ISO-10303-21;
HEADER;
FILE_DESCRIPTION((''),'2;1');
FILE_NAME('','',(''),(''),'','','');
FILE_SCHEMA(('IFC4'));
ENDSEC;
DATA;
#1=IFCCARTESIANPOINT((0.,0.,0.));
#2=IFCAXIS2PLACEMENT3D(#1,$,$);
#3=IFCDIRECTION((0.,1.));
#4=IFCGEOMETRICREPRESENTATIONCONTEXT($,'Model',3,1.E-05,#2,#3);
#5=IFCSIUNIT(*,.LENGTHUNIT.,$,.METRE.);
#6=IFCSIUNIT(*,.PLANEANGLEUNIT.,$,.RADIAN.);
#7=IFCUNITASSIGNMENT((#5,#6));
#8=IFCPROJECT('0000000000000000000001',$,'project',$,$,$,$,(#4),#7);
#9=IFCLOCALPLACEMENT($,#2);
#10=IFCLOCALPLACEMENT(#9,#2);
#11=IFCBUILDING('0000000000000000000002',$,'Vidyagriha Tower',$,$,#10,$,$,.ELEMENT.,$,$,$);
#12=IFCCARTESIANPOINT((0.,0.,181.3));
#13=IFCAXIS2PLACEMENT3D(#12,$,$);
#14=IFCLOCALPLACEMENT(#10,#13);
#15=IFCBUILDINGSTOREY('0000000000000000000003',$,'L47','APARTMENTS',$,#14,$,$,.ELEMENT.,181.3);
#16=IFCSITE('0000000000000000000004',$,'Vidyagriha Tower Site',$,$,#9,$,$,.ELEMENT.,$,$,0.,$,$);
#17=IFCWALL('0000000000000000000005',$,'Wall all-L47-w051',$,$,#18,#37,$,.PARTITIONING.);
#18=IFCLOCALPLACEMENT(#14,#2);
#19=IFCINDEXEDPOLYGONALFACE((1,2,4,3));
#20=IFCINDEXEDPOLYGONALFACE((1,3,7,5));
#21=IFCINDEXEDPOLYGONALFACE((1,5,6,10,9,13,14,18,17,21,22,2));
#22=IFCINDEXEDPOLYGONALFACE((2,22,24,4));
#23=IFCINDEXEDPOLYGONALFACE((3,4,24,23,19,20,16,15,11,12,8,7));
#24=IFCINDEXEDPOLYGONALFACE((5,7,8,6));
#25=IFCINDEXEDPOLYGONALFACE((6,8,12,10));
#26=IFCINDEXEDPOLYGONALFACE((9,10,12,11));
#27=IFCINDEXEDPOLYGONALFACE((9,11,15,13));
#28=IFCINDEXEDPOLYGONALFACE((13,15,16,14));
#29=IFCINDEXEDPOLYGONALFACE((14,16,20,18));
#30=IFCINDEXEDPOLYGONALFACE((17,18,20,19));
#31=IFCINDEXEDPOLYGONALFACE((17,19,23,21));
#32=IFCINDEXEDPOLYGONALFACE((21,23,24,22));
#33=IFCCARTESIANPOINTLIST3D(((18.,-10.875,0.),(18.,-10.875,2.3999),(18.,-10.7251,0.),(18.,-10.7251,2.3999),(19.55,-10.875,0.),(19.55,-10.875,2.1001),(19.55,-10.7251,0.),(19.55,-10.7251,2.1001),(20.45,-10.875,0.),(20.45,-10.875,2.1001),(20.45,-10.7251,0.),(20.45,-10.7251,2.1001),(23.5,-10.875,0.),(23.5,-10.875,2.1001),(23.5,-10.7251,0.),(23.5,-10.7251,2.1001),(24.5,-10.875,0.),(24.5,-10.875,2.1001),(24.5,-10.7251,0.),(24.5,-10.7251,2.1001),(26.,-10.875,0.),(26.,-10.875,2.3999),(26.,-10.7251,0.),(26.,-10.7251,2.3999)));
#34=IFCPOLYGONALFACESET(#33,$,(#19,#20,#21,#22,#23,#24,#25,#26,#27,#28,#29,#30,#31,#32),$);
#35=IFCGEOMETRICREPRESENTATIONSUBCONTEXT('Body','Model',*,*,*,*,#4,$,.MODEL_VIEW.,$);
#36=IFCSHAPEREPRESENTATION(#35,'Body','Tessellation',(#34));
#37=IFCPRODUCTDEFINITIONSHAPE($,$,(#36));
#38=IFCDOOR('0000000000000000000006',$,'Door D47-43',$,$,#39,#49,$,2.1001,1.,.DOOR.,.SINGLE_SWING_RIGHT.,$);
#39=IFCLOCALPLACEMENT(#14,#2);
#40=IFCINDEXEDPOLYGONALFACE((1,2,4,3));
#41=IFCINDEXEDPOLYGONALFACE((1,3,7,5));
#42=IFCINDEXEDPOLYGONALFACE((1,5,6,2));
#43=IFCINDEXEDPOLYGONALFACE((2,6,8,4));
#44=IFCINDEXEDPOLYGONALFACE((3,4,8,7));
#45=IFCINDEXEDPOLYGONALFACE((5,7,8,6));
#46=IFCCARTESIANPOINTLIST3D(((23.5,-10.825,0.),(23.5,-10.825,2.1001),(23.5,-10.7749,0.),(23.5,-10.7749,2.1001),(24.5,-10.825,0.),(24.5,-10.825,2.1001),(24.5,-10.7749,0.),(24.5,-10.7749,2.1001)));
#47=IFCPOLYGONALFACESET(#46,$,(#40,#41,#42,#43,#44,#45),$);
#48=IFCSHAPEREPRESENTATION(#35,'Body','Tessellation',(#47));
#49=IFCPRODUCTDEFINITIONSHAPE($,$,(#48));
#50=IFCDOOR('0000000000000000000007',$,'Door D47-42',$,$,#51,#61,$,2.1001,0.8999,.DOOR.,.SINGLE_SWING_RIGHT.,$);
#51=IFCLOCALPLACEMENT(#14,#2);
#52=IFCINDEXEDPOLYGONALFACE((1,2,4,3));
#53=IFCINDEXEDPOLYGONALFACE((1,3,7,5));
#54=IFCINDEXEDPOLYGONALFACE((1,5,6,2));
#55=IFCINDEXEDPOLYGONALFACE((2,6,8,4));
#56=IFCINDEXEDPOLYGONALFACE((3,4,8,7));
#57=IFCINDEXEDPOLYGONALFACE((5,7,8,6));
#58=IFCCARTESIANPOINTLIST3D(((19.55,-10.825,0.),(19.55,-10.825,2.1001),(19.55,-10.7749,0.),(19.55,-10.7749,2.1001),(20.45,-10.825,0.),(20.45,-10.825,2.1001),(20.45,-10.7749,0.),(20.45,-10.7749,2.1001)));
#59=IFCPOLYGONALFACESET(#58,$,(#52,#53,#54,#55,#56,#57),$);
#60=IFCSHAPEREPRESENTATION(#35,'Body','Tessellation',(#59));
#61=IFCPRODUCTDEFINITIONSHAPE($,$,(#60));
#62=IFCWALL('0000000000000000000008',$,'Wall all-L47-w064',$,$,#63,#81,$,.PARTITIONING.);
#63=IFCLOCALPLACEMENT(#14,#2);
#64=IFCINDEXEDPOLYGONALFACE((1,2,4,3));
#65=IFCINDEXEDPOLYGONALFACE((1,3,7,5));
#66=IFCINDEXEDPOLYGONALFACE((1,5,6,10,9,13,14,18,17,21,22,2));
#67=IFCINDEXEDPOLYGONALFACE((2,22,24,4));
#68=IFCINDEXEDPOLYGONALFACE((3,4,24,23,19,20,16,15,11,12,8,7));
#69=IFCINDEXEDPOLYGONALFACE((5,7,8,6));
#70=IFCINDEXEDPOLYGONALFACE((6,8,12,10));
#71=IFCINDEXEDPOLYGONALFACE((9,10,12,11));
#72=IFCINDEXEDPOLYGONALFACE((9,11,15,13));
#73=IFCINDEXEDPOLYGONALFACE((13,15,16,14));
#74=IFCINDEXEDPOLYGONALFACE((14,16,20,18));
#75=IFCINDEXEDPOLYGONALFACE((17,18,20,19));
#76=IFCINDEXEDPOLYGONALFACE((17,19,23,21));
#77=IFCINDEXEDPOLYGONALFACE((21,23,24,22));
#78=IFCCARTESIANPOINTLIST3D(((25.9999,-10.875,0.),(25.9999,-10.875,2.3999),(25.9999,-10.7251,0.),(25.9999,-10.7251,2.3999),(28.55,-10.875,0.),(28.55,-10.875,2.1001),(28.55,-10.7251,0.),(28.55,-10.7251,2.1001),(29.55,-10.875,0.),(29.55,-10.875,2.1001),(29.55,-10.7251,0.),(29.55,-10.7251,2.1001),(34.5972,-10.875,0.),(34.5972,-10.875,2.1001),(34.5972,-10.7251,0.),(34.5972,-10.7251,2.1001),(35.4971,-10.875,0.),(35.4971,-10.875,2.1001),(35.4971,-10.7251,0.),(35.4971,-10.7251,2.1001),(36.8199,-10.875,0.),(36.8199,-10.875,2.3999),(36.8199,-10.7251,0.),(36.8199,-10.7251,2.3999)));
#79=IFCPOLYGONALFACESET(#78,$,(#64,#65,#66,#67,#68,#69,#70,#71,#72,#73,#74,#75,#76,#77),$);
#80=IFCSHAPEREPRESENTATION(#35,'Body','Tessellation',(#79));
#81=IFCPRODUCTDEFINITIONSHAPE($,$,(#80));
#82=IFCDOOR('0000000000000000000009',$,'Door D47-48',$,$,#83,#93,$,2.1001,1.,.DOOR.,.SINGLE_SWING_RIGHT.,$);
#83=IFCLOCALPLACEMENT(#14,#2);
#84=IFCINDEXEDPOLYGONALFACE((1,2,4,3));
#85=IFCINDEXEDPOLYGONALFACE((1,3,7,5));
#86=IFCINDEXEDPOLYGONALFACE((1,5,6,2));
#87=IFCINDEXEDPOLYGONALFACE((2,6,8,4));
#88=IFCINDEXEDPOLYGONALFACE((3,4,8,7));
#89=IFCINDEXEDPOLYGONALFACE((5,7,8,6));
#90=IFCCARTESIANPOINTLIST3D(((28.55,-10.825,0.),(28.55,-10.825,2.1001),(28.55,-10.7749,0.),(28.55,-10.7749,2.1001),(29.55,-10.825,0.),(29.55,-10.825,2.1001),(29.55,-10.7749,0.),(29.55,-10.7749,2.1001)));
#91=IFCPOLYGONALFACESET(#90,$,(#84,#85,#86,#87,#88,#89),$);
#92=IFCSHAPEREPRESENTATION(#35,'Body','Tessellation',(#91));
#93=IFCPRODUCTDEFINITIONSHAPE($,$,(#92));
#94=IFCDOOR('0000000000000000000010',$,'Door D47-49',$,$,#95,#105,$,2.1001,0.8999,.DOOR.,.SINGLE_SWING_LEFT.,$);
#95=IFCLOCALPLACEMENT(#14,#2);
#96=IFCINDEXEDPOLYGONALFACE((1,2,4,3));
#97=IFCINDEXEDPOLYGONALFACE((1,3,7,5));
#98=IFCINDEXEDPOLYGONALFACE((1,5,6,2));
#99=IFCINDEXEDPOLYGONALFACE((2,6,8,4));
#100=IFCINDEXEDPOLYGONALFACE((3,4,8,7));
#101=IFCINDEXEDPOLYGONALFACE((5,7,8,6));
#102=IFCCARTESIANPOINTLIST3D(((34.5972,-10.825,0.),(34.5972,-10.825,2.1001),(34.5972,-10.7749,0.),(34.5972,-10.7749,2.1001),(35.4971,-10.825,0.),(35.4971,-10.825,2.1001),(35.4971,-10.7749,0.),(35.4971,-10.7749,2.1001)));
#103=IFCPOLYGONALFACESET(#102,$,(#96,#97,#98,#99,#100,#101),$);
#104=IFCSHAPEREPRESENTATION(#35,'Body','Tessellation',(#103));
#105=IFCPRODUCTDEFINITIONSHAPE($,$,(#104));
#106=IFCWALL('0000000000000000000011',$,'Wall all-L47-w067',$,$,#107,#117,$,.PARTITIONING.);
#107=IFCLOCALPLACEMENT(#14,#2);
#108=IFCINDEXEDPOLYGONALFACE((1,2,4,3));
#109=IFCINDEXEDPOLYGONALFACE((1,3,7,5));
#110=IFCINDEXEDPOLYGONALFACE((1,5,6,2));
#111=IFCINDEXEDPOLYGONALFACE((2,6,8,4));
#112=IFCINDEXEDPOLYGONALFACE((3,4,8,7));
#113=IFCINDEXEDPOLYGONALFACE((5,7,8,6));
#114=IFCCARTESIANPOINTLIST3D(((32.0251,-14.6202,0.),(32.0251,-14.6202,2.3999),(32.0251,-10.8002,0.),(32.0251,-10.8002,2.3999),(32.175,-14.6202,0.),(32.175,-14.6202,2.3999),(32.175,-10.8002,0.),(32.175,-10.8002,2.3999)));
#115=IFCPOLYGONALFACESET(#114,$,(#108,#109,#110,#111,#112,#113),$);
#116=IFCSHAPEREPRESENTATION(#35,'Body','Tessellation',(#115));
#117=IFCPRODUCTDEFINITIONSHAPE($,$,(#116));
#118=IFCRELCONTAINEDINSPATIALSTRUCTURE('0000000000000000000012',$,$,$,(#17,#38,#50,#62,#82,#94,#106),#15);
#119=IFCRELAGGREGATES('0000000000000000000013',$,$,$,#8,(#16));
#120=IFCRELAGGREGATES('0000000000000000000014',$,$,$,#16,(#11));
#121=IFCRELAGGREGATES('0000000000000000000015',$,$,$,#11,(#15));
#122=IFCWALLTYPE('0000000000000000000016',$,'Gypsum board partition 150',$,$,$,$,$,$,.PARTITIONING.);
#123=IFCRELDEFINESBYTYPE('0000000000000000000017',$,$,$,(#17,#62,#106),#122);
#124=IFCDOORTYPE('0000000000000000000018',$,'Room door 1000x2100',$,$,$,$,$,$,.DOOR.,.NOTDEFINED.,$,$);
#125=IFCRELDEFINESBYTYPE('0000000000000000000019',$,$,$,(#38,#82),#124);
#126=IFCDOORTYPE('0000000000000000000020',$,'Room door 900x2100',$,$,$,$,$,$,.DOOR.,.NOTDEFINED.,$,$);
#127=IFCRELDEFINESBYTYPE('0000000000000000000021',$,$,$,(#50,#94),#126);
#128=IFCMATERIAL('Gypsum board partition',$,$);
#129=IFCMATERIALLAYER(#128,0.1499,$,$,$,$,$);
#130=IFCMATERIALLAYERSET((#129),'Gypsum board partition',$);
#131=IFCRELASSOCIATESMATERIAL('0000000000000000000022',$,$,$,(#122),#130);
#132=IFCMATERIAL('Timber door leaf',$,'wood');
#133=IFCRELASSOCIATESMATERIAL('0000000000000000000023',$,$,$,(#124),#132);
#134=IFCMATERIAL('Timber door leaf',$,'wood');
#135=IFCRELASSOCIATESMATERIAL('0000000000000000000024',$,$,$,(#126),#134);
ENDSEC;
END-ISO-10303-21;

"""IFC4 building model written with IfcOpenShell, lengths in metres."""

from ifc_helpers import new_model, si_unit, direction, frame, frame_2d, origin, place, context, subcontext, project, spatial, rectangle, extrude, material, layer, layer_set, type_object, element, fill, save


model = new_model("IFC4")

# Units and contexts
model_context = context("Model", 3, precision=1e-05, world=origin(), true_north=direction((0.0, 1.0)))
body_context = subcontext(model_context, "Body", "Model", "MODEL_VIEW")
ifc_project = project(units=[si_unit("LENGTHUNIT", "METRE"), si_unit("PLANEANGLEUNIT", "RADIAN")], contexts=[model_context])

# Site, building, storey
site_placement = place(None, origin())
site = spatial("IfcSite", under=ifc_project, at=site_placement, Name="Vidyagriha Tower Site", CompositionType="ELEMENT", RefElevation=0.0)
building_placement = place(site_placement, origin())
building = spatial("IfcBuilding", under=site, at=building_placement, Name="Vidyagriha Tower", CompositionType="ELEMENT")
storey_placement = place(building_placement, frame((0.0, 0.0, 181.3)))
storey = spatial("IfcBuildingStorey", under=building, at=storey_placement, Name="L47", Description="APARTMENTS", CompositionType="ELEMENT", Elevation=181.3)

# Walls, openings, doors
ifc_material_1 = material(Name="Gypsum board partition")
ifc_layer_1 = layer(ifc_material_1, 0.1499)
ifc_layer_set_1 = layer_set([ifc_layer_1], Name="Gypsum board partition")
wall_type_1 = type_object("IfcWallType", Name="Gypsum board partition 150", PredefinedType="PARTITIONING", material=ifc_layer_set_1)
wall_1_placement = place(storey_placement, frame((26.0, -10.8, 0.0), z_axis=(0.0, 0.0, 1.0), x_axis=(-1.0, 0.0, 0.0)))
wall_1 = element("IfcWall", 1, at=wall_1_placement, inside=storey, type_object=wall_type_1, Name="Wall all-L47-w051", PredefinedType="PARTITIONING", context=body_context, shape_type="SweptSolid", body=[
    extrude(rectangle(XDim=8.0, YDim=0.1499, at=frame_2d((4.0, 0.0))), origin(), (0.0, 0.0, 1.0), 2.3999),
])
opening_1_placement = place(wall_1_placement, frame((5.55, 0.0, 0.0)))
opening_1 = element("IfcOpeningElement", 2, at=opening_1_placement, cuts=wall_1, PredefinedType="OPENING", context=body_context, shape_type="SweptSolid", body=[
    extrude(rectangle(XDim=0.8999, YDim=2.1001, at=frame_2d((0.45, 1.05))), frame((0.0, 0.085, 0.0), z_axis=(0.0, -1.0, 0.0), x_axis=(1.0, 0.0, 0.0)), (0.0, 0.0, 1.0), 0.1699),
])
opening_2_placement = place(wall_1_placement, frame((1.5, 0.0, 0.0)))
opening_2 = element("IfcOpeningElement", 3, at=opening_2_placement, cuts=wall_1, PredefinedType="OPENING", context=body_context, shape_type="SweptSolid", body=[
    extrude(rectangle(XDim=1.0, YDim=2.1001, at=frame_2d((0.5, 1.05))), frame((0.0, 0.085, 0.0), z_axis=(0.0, -1.0, 0.0), x_axis=(1.0, 0.0, 0.0)), (0.0, 0.0, 1.0), 0.1699),
])
ifc_material_2 = material(Name="Timber door leaf", Category="wood")
door_type_1 = type_object("IfcDoorType", Name="Room door 1000x2100", OperationType="NOTDEFINED", PredefinedType="DOOR", material=ifc_material_2)
door_1_placement = place(opening_2_placement, origin())
door_1 = element("IfcDoor", 4, at=door_1_placement, inside=storey, type_object=door_type_1, Name="Door D47-43", OperationType="SINGLE_SWING_RIGHT", OverallHeight=2.1001, OverallWidth=1.0, PredefinedType="DOOR", context=body_context, shape_type="SweptSolid", body=[
    extrude(rectangle(XDim=1.0, YDim=2.1001, at=frame_2d((0.5, 1.05))), frame((0.0, 0.0249, 0.0), z_axis=(0.0, -1.0, 0.0), x_axis=(1.0, 0.0, 0.0)), (0.0, 0.0, 1.0), 0.05),
])
fill(opening_2, door_1)
ifc_material_3 = material(Name="Timber door leaf", Category="wood")
door_type_2 = type_object("IfcDoorType", Name="Room door 900x2100", OperationType="NOTDEFINED", PredefinedType="DOOR", material=ifc_material_3)
door_2_placement = place(opening_1_placement, origin())
door_2 = element("IfcDoor", 5, at=door_2_placement, inside=storey, type_object=door_type_2, Name="Door D47-42", OperationType="SINGLE_SWING_RIGHT", OverallHeight=2.1001, OverallWidth=0.8999, PredefinedType="DOOR", context=body_context, shape_type="SweptSolid", body=[
    extrude(rectangle(XDim=0.8999, YDim=2.1001, at=frame_2d((0.45, 1.05))), frame((0.0, 0.0249, 0.0), z_axis=(0.0, -1.0, 0.0), x_axis=(1.0, 0.0, 0.0)), (0.0, 0.0, 1.0), 0.05),
])
fill(opening_1, door_2)
wall_2_placement = place(storey_placement, frame((36.8201, -10.8, 0.0), z_axis=(0.0, 0.0, 1.0), x_axis=(-1.0, 0.0, 0.0)))
wall_2 = element("IfcWall", 6, at=wall_2_placement, inside=storey, type_object=wall_type_1, Name="Wall all-L47-w064", PredefinedType="PARTITIONING", context=body_context, shape_type="SweptSolid", body=[
    extrude(rectangle(XDim=10.8201, YDim=0.1499, at=frame_2d((5.4102, 0.0))), origin(), (0.0, 0.0, 1.0), 2.3999),
])
opening_3_placement = place(wall_2_placement, frame((7.27, 0.0, 0.0)))
opening_3 = element("IfcOpeningElement", 7, at=opening_3_placement, cuts=wall_2, PredefinedType="OPENING", context=body_context, shape_type="SweptSolid", body=[
    extrude(rectangle(XDim=1.0, YDim=2.1001, at=frame_2d((0.5, 1.05))), frame((0.0, 0.085, 0.0), z_axis=(0.0, -1.0, 0.0), x_axis=(1.0, 0.0, 0.0)), (0.0, 0.0, 1.0), 0.1699),
])
opening_4_placement = place(wall_2_placement, frame((1.323, 0.0, 0.0)))
opening_4 = element("IfcOpeningElement", 8, at=opening_4_placement, cuts=wall_2, PredefinedType="OPENING", context=body_context, shape_type="SweptSolid", body=[
    extrude(rectangle(XDim=0.8999, YDim=2.1001, at=frame_2d((0.45, 1.05))), frame((0.0, 0.085, 0.0), z_axis=(0.0, -1.0, 0.0), x_axis=(1.0, 0.0, 0.0)), (0.0, 0.0, 1.0), 0.1699),
])
door_3_placement = place(opening_3_placement, origin())
door_3 = element("IfcDoor", 9, at=door_3_placement, inside=storey, type_object=door_type_1, Name="Door D47-48", OperationType="SINGLE_SWING_RIGHT", OverallHeight=2.1001, OverallWidth=1.0, PredefinedType="DOOR", context=body_context, shape_type="SweptSolid", body=[
    extrude(rectangle(XDim=1.0, YDim=2.1001, at=frame_2d((0.5, 1.05))), frame((0.0, 0.0249, 0.0), z_axis=(0.0, -1.0, 0.0), x_axis=(1.0, 0.0, 0.0)), (0.0, 0.0, 1.0), 0.05),
])
fill(opening_3, door_3)
door_4_placement = place(opening_4_placement, origin())
door_4 = element("IfcDoor", 10, at=door_4_placement, inside=storey, type_object=door_type_2, Name="Door D47-49", OperationType="SINGLE_SWING_LEFT", OverallHeight=2.1001, OverallWidth=0.8999, PredefinedType="DOOR", context=body_context, shape_type="SweptSolid", body=[
    extrude(rectangle(XDim=0.8999, YDim=2.1001, at=frame_2d((0.45, 1.05))), frame((0.0, 0.0249, 0.0), z_axis=(0.0, -1.0, 0.0), x_axis=(1.0, 0.0, 0.0)), (0.0, 0.0, 1.0), 0.05),
])
fill(opening_4, door_4)

# Wall
wall_3_placement = place(storey_placement, frame((32.1001, -10.8, 0.0), z_axis=(0.0, 0.0, 1.0), x_axis=(0.0, -1.0, 0.0)))
element("IfcWall", 11, at=wall_3_placement, inside=storey, type_object=wall_type_1, Name="Wall all-L47-w067", PredefinedType="PARTITIONING", context=body_context, shape_type="SweptSolid", body=[
    extrude(rectangle(XDim=3.8201, YDim=0.1499, at=frame_2d((1.9102, 0.0))), origin(), (0.0, 0.0, 1.0), 2.3999),
])

save(model, "model.ifc")
